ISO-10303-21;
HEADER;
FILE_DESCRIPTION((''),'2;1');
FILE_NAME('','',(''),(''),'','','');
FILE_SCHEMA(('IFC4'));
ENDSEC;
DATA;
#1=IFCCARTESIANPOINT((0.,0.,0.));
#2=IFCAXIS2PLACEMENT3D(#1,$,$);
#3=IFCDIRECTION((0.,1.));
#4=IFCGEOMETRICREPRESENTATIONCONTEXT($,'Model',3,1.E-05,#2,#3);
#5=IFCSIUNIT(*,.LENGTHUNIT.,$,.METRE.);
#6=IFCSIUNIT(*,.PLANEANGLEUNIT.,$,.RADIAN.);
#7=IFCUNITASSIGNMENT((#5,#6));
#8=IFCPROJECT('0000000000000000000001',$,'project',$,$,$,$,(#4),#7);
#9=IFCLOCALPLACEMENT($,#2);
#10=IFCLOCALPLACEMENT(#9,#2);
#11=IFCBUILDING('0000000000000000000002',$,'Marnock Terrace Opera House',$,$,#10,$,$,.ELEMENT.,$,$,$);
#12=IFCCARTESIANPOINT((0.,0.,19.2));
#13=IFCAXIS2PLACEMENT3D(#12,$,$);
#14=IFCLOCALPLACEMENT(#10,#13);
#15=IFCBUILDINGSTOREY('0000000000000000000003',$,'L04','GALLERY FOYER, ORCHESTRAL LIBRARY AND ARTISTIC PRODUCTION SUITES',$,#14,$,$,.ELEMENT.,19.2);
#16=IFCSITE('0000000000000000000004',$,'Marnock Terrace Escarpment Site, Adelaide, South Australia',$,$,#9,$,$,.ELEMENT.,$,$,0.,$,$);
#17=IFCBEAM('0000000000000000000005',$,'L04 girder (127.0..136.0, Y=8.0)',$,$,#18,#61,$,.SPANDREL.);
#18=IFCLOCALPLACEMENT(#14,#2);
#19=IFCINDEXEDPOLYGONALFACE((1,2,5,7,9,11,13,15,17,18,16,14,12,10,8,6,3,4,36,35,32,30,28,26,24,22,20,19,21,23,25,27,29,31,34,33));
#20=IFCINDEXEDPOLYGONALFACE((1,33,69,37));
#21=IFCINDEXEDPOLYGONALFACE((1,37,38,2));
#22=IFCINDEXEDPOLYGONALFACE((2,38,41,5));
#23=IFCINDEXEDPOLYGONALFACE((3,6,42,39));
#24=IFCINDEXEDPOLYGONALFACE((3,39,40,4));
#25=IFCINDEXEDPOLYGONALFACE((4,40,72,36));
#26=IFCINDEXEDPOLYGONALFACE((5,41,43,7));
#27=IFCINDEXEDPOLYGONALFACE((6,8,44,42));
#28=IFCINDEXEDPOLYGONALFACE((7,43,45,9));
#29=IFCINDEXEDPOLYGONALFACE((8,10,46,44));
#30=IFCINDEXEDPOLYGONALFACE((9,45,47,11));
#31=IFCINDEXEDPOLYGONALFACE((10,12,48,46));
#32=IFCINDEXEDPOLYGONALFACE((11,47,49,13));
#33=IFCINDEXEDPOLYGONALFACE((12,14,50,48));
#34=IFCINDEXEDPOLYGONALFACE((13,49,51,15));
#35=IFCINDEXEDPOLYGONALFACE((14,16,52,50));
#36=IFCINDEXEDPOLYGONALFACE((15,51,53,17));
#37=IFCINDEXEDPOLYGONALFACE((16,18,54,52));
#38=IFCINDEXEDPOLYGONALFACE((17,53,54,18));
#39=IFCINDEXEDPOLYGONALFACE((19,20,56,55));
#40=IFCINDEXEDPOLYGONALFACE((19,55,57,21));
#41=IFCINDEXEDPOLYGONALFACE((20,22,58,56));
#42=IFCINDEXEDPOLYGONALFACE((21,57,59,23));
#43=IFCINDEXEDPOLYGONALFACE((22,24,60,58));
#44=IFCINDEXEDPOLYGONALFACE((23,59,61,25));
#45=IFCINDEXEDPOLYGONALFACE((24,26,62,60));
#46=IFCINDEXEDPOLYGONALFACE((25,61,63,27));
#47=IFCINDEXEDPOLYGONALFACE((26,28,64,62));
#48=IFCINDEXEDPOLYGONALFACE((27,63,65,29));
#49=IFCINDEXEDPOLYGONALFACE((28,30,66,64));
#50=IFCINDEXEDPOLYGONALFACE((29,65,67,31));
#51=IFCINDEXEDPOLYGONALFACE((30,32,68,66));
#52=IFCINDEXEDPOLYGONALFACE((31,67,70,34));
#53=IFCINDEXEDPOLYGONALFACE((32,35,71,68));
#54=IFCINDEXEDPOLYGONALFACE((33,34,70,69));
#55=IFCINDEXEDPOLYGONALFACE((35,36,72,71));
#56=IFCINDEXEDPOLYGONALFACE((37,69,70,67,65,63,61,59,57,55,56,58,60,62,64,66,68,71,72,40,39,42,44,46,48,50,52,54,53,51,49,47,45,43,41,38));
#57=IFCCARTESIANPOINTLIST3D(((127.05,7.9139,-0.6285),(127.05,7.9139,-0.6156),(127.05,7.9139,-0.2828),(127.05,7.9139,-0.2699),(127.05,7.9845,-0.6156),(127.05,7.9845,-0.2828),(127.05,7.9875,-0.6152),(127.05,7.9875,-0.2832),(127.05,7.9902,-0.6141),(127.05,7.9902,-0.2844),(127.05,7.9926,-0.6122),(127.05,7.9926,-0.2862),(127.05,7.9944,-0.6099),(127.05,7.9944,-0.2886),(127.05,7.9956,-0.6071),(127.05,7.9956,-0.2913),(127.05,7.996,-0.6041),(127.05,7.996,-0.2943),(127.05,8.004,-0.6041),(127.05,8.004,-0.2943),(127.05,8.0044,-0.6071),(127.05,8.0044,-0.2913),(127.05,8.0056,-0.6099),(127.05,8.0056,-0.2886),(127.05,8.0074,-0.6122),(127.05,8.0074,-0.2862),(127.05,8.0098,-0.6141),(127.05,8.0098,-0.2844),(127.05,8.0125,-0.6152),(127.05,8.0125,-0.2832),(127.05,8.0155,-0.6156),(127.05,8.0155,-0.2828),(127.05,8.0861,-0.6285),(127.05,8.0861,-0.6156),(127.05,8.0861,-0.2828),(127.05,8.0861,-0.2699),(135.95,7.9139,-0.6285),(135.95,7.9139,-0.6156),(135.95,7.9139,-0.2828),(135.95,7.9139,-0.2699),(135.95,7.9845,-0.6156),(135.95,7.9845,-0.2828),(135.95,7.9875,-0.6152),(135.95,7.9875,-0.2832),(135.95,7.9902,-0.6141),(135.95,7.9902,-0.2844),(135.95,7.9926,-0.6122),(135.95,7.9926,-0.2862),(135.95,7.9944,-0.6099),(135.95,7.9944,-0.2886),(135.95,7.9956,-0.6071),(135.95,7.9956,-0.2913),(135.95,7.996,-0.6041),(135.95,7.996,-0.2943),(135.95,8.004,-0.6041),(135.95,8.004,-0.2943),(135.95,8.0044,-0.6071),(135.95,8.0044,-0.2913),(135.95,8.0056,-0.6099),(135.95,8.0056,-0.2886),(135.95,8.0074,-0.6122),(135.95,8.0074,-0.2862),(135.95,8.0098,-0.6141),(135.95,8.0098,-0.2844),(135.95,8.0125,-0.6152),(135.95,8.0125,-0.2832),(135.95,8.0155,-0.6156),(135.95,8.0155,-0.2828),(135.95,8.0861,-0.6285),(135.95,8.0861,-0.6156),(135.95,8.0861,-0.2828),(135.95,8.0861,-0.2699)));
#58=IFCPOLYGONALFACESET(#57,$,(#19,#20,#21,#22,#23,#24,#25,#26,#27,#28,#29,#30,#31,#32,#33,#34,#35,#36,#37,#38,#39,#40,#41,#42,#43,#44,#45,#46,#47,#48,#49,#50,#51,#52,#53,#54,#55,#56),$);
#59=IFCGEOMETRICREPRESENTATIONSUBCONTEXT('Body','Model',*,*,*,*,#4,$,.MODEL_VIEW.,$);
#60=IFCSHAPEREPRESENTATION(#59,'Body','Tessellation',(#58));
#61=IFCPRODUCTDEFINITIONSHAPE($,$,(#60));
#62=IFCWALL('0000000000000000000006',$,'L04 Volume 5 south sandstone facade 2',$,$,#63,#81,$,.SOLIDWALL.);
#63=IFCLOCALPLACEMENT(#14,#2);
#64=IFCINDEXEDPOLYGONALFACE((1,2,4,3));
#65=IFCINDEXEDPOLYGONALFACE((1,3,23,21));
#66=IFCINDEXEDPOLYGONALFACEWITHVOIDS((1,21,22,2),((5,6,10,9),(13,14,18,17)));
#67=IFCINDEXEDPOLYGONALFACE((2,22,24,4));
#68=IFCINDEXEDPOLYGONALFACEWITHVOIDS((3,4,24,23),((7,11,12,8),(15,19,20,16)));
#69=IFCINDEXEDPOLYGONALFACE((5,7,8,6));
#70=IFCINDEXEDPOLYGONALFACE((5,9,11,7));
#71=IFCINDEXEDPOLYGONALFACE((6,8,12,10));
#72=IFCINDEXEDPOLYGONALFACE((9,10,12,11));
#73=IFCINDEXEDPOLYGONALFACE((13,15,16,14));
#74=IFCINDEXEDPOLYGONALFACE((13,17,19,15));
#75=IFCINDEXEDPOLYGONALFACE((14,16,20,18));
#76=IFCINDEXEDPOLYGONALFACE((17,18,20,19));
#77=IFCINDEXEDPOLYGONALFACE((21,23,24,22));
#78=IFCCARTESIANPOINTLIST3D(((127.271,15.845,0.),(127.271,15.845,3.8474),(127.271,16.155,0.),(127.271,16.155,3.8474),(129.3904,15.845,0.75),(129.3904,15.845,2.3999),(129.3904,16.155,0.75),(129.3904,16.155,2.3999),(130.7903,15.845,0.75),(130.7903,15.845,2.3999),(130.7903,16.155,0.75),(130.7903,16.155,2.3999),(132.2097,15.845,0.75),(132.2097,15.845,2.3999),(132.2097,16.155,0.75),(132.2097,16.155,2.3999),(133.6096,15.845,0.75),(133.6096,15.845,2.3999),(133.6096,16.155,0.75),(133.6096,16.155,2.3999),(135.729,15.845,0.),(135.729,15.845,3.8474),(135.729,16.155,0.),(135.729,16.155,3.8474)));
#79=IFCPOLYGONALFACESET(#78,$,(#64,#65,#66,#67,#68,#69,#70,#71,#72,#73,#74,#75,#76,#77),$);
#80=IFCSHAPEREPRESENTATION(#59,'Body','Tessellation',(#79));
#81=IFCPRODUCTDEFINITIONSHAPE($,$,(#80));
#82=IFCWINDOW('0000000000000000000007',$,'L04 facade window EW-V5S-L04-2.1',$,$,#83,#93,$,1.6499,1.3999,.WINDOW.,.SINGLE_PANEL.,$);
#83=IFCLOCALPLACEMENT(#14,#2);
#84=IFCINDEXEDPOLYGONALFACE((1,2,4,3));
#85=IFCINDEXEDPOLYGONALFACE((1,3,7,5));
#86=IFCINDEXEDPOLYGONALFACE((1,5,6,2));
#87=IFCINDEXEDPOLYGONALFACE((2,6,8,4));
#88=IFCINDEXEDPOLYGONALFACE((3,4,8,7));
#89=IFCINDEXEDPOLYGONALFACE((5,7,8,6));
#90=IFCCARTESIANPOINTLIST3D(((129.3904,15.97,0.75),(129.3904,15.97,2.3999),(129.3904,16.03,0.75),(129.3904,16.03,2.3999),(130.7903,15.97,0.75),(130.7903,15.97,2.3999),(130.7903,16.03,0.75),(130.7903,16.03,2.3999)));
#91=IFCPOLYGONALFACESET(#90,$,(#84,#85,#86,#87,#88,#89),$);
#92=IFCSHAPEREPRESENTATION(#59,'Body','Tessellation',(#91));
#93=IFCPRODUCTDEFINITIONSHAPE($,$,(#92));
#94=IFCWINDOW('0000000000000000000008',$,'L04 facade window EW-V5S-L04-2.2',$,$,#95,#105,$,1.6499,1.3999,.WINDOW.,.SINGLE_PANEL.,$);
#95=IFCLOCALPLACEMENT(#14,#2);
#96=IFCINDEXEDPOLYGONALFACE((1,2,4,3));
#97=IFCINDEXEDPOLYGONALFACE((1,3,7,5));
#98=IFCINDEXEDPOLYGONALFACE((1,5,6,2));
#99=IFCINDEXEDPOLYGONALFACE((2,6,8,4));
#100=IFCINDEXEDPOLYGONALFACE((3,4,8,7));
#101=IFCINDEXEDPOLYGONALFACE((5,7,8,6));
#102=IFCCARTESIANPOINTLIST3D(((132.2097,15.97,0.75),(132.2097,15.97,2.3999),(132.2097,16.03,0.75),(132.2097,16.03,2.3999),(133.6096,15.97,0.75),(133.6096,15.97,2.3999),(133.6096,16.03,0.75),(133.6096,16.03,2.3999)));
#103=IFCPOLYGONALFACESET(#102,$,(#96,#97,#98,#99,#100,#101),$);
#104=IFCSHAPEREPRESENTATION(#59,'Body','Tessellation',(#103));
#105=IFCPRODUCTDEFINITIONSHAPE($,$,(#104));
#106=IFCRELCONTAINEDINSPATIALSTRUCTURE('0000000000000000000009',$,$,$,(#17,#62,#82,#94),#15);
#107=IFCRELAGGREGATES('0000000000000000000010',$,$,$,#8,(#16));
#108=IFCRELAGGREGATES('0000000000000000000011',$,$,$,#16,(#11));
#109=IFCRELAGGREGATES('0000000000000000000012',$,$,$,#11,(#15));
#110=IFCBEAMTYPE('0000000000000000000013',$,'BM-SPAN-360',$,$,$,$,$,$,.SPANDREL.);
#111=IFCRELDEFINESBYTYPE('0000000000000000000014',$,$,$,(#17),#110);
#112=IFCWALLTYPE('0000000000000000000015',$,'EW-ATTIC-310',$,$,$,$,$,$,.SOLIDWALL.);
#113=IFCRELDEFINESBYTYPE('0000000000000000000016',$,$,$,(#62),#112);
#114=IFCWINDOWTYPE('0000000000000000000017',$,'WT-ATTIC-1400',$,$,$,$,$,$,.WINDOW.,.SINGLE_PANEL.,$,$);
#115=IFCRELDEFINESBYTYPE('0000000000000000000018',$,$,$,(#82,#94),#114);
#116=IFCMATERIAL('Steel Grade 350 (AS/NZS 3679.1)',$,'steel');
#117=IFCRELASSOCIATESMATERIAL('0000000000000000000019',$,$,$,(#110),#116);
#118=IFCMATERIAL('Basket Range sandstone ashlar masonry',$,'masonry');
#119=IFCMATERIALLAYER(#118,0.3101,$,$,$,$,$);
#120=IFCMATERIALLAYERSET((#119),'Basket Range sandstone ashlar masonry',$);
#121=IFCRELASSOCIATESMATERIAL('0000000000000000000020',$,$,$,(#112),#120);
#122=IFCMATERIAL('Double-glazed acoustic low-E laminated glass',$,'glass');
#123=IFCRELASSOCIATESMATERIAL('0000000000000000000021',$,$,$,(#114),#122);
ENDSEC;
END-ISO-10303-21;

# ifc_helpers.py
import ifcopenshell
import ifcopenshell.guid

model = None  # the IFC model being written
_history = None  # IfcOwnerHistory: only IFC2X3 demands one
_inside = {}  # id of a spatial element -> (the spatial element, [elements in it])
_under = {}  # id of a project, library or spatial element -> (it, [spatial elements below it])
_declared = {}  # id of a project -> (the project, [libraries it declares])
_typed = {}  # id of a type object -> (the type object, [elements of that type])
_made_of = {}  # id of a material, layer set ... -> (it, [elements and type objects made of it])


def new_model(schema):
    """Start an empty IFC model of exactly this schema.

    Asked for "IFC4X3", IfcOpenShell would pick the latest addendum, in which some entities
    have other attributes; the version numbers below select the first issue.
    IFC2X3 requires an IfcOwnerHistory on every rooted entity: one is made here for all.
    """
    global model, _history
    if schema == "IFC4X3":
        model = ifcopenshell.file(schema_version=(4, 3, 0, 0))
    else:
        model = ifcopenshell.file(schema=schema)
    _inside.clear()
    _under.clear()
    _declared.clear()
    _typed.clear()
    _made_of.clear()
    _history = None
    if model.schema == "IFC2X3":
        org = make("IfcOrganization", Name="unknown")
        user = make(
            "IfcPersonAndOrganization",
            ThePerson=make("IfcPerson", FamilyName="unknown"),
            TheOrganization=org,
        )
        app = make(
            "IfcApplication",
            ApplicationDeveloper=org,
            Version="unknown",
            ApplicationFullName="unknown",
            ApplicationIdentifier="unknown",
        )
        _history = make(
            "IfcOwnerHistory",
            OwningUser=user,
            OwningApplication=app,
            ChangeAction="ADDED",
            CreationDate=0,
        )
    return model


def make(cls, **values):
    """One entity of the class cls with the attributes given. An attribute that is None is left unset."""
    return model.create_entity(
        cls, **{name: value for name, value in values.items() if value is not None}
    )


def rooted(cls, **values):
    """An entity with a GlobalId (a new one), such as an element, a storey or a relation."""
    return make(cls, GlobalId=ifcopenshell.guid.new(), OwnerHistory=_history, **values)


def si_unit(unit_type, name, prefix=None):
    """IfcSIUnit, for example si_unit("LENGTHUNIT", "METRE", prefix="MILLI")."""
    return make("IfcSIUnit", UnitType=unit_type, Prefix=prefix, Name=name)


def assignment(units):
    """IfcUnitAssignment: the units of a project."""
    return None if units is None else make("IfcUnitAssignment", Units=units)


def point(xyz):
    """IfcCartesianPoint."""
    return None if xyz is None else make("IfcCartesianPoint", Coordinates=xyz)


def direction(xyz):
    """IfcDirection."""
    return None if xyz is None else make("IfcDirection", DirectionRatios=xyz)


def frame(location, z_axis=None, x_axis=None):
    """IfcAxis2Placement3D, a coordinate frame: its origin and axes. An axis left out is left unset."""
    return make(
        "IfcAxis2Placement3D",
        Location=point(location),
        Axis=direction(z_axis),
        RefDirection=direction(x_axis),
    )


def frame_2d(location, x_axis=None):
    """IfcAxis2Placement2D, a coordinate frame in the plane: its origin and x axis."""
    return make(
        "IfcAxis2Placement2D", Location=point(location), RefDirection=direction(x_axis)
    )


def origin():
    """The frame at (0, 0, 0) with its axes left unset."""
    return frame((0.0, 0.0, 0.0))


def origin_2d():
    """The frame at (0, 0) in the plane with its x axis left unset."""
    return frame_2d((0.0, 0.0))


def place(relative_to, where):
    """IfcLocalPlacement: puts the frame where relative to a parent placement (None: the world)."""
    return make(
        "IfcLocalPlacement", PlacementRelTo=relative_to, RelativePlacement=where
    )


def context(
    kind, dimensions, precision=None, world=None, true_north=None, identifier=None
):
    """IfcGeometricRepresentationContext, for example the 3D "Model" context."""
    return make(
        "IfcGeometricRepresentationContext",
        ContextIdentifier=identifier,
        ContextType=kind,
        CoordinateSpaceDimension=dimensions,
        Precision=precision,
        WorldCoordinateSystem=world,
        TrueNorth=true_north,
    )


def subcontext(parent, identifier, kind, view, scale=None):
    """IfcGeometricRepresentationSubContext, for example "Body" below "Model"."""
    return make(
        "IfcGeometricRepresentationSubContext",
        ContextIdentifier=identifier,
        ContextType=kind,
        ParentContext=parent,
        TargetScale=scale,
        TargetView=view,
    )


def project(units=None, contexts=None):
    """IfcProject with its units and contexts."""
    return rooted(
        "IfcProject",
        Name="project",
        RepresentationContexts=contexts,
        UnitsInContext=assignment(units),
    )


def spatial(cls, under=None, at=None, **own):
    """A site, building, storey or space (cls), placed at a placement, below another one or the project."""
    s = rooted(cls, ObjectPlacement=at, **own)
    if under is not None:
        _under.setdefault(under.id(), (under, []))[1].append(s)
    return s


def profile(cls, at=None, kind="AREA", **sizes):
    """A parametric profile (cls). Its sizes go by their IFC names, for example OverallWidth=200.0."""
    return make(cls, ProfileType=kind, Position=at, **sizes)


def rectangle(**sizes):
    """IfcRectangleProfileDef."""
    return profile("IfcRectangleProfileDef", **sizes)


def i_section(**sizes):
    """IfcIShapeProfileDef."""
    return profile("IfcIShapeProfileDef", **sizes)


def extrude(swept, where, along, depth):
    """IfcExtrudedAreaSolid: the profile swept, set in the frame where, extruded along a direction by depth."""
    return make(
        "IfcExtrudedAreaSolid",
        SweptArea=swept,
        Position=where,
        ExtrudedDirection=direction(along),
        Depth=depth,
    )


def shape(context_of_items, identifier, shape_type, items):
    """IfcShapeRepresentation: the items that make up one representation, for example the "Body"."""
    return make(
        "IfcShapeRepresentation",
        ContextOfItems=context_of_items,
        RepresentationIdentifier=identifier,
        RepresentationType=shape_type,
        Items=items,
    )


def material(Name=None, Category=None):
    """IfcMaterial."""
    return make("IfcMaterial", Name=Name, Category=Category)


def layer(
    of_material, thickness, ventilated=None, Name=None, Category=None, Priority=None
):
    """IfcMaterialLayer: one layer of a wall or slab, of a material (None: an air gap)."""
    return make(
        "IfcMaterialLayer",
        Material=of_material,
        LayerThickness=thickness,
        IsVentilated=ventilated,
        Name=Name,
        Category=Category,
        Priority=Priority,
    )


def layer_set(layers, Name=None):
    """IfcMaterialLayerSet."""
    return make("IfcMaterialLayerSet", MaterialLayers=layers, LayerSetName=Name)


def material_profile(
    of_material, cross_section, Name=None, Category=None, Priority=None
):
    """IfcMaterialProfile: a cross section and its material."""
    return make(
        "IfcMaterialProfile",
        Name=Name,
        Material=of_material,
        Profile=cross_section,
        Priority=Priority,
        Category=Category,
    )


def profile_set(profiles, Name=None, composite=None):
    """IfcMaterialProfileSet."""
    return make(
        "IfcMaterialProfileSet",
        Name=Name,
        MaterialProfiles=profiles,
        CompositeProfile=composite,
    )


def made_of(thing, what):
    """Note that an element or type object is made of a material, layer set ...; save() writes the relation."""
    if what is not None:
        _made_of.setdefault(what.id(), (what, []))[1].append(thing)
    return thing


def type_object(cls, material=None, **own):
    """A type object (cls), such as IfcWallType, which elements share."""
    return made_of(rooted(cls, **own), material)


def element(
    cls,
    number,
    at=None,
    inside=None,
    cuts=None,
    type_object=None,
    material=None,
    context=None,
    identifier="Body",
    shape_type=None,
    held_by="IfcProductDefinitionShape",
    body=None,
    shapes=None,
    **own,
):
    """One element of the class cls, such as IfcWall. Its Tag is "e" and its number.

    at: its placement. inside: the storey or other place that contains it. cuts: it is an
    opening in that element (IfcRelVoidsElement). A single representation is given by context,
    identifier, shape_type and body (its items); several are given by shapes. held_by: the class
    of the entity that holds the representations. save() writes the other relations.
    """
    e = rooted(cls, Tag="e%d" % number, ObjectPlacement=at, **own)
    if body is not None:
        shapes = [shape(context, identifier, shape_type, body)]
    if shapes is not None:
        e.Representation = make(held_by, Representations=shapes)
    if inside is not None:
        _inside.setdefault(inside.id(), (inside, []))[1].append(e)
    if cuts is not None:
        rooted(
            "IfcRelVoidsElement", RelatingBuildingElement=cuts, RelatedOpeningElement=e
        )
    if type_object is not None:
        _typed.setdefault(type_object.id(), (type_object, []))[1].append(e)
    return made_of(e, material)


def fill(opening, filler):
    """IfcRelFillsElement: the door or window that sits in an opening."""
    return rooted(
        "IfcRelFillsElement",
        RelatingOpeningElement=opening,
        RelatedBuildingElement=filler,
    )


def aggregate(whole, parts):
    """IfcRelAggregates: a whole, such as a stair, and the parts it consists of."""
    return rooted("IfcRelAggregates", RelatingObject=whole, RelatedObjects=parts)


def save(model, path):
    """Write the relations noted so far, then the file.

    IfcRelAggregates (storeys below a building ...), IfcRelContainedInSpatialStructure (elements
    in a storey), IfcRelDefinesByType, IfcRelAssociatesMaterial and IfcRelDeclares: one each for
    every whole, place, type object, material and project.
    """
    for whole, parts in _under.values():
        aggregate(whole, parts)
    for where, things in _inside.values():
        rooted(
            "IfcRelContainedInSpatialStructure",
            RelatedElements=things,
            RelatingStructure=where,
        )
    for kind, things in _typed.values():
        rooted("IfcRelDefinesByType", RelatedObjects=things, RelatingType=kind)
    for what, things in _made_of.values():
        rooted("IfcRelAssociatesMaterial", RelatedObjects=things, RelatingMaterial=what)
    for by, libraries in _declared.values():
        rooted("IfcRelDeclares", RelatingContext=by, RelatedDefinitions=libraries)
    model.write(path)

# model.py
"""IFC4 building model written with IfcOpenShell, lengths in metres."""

from ifc_helpers import new_model, si_unit, direction, frame, frame_2d, origin, origin_2d, place, context, subcontext, project, spatial, rectangle, i_section, extrude, material, layer, layer_set, material_profile, profile_set, type_object, element, fill, save


model = new_model("IFC4")

# Units and contexts
model_context = context("Model", 3, precision=1e-05, world=origin(), true_north=direction((0.0, 1.0)))
body_context = subcontext(model_context, "Body", "Model", "MODEL_VIEW")
ifc_project = project(units=[si_unit("LENGTHUNIT", "METRE"), si_unit("PLANEANGLEUNIT", "RADIAN")], contexts=[model_context])

# Site, building, storey
site_placement = place(None, origin())
site = spatial("IfcSite", under=ifc_project, at=site_placement, Name="Marnock Terrace Escarpment Site, Adelaide, South Australia", CompositionType="ELEMENT", RefElevation=0.0)
building_placement = place(site_placement, origin())
building = spatial("IfcBuilding", under=site, at=building_placement, Name="Marnock Terrace Opera House", CompositionType="ELEMENT")
storey_placement = place(building_placement, frame((0.0, 0.0, 19.2)))
storey = spatial("IfcBuildingStorey", under=building, at=storey_placement, Name="L04", Description="GALLERY FOYER, ORCHESTRAL LIBRARY AND ARTISTIC PRODUCTION SUITES", CompositionType="ELEMENT", Elevation=19.2)

# Shared definitions
ifc_material_1 = material(Name="Steel Grade 350 (AS/NZS 3679.1)", Category="steel")

# Beam
ifc_material_profile_1 = material_profile(ifc_material_1, i_section(OverallWidth=0.1721, OverallDepth=0.3586, WebThickness=0.0081, FlangeThickness=0.0129, FilletRadius=0.0115, at=origin_2d()))
ifc_profile_set_1 = profile_set([ifc_material_profile_1], Name="Steel Grade 350 (AS/NZS 3679.1)")
beam_type_1 = type_object("IfcBeamType", Name="BM-SPAN-360", PredefinedType="SPANDREL", material=ifc_profile_set_1)
beam_1_placement = place(storey_placement, frame((127.05, 8.0, -0.4492), z_axis=(1.0, 0.0, 0.0), x_axis=(0.0, 1.0, 0.0)))
element("IfcBeam", 1, at=beam_1_placement, inside=storey, type_object=beam_type_1, Name="L04 girder (127.0..136.0, Y=8.0)", PredefinedType="SPANDREL", context=body_context, shape_type="SweptSolid", body=[
    extrude(i_section(OverallWidth=0.1721, OverallDepth=0.3586, WebThickness=0.0081, FlangeThickness=0.0129, FilletRadius=0.0115, at=origin_2d()), origin(), (0.0, 0.0, 1.0), 8.8999),
])

# Wall, openings, windows
ifc_material_2 = material(Name="Basket Range sandstone ashlar masonry", Category="masonry")
ifc_layer = layer(ifc_material_2, 0.3101)
ifc_layer_set = layer_set([ifc_layer], Name="Basket Range sandstone ashlar masonry")
wall_type = type_object("IfcWallType", Name="EW-ATTIC-310", PredefinedType="SOLIDWALL", material=ifc_layer_set)
wall_placement = place(storey_placement, frame((127.271, 16.0, 0.0), z_axis=(0.0, 0.0, 1.0), x_axis=(1.0, 0.0, 0.0)))
wall = element("IfcWall", 2, at=wall_placement, inside=storey, type_object=wall_type, Name="L04 Volume 5 south sandstone facade 2", PredefinedType="SOLIDWALL", context=body_context, shape_type="SweptSolid", body=[
    extrude(rectangle(XDim=8.458, YDim=0.3101, at=frame_2d((4.229, 0.0))), origin(), (0.0, 0.0, 1.0), 3.8474),
])
opening_1_placement = place(wall_placement, frame((2.1194, 0.0, 0.75)))
opening_1 = element("IfcOpeningElement", 3, at=opening_1_placement, cuts=wall, PredefinedType="OPENING", context=body_context, shape_type="SweptSolid", body=[
    extrude(rectangle(XDim=1.3999, YDim=1.6499, at=frame_2d((0.7, 0.825))), frame((0.0, 0.165, 0.0), z_axis=(0.0, -1.0, 0.0), x_axis=(1.0, 0.0, 0.0)), (0.0, 0.0, 1.0), 0.3301),
])
opening_2_placement = place(wall_placement, frame((4.9387, 0.0, 0.75)))
opening_2 = element("IfcOpeningElement", 4, at=opening_2_placement, cuts=wall, PredefinedType="OPENING", context=body_context, shape_type="SweptSolid", body=[
    extrude(rectangle(XDim=1.3999, YDim=1.6499, at=frame_2d((0.7, 0.825))), frame((0.0, 0.165, 0.0), z_axis=(0.0, -1.0, 0.0), x_axis=(1.0, 0.0, 0.0)), (0.0, 0.0, 1.0), 0.3301),
])
ifc_material_3 = material(Name="Double-glazed acoustic low-E laminated glass", Category="glass")
window_type = type_object("IfcWindowType", Name="WT-ATTIC-1400", PartitioningType="SINGLE_PANEL", PredefinedType="WINDOW", material=ifc_material_3)
window_1_placement = place(opening_1_placement, origin())
window_1 = element("IfcWindow", 5, at=window_1_placement, inside=storey, type_object=window_type, Name="L04 facade window EW-V5S-L04-2.1", OverallHeight=1.6499, OverallWidth=1.3999, PartitioningType="SINGLE_PANEL", PredefinedType="WINDOW", context=body_context, shape_type="SweptSolid", body=[
    extrude(rectangle(XDim=1.3999, YDim=1.6499, at=frame_2d((0.7, 0.825))), frame((0.0, 0.03, 0.0), z_axis=(0.0, -1.0, 0.0), x_axis=(1.0, 0.0, 0.0)), (0.0, 0.0, 1.0), 0.0601),
])
fill(opening_1, window_1)
window_2_placement = place(opening_2_placement, origin())
window_2 = element("IfcWindow", 6, at=window_2_placement, inside=storey, type_object=window_type, Name="L04 facade window EW-V5S-L04-2.2", OverallHeight=1.6499, OverallWidth=1.3999, PartitioningType="SINGLE_PANEL", PredefinedType="WINDOW", context=body_context, shape_type="SweptSolid", body=[
    extrude(rectangle(XDim=1.3999, YDim=1.6499, at=frame_2d((0.7, 0.825))), frame((0.0, 0.03, 0.0), z_axis=(0.0, -1.0, 0.0), x_axis=(1.0, 0.0, 0.0)), (0.0, 0.0, 1.0), 0.0601),
])
fill(opening_2, window_2)

save(model, "model.ifc")
